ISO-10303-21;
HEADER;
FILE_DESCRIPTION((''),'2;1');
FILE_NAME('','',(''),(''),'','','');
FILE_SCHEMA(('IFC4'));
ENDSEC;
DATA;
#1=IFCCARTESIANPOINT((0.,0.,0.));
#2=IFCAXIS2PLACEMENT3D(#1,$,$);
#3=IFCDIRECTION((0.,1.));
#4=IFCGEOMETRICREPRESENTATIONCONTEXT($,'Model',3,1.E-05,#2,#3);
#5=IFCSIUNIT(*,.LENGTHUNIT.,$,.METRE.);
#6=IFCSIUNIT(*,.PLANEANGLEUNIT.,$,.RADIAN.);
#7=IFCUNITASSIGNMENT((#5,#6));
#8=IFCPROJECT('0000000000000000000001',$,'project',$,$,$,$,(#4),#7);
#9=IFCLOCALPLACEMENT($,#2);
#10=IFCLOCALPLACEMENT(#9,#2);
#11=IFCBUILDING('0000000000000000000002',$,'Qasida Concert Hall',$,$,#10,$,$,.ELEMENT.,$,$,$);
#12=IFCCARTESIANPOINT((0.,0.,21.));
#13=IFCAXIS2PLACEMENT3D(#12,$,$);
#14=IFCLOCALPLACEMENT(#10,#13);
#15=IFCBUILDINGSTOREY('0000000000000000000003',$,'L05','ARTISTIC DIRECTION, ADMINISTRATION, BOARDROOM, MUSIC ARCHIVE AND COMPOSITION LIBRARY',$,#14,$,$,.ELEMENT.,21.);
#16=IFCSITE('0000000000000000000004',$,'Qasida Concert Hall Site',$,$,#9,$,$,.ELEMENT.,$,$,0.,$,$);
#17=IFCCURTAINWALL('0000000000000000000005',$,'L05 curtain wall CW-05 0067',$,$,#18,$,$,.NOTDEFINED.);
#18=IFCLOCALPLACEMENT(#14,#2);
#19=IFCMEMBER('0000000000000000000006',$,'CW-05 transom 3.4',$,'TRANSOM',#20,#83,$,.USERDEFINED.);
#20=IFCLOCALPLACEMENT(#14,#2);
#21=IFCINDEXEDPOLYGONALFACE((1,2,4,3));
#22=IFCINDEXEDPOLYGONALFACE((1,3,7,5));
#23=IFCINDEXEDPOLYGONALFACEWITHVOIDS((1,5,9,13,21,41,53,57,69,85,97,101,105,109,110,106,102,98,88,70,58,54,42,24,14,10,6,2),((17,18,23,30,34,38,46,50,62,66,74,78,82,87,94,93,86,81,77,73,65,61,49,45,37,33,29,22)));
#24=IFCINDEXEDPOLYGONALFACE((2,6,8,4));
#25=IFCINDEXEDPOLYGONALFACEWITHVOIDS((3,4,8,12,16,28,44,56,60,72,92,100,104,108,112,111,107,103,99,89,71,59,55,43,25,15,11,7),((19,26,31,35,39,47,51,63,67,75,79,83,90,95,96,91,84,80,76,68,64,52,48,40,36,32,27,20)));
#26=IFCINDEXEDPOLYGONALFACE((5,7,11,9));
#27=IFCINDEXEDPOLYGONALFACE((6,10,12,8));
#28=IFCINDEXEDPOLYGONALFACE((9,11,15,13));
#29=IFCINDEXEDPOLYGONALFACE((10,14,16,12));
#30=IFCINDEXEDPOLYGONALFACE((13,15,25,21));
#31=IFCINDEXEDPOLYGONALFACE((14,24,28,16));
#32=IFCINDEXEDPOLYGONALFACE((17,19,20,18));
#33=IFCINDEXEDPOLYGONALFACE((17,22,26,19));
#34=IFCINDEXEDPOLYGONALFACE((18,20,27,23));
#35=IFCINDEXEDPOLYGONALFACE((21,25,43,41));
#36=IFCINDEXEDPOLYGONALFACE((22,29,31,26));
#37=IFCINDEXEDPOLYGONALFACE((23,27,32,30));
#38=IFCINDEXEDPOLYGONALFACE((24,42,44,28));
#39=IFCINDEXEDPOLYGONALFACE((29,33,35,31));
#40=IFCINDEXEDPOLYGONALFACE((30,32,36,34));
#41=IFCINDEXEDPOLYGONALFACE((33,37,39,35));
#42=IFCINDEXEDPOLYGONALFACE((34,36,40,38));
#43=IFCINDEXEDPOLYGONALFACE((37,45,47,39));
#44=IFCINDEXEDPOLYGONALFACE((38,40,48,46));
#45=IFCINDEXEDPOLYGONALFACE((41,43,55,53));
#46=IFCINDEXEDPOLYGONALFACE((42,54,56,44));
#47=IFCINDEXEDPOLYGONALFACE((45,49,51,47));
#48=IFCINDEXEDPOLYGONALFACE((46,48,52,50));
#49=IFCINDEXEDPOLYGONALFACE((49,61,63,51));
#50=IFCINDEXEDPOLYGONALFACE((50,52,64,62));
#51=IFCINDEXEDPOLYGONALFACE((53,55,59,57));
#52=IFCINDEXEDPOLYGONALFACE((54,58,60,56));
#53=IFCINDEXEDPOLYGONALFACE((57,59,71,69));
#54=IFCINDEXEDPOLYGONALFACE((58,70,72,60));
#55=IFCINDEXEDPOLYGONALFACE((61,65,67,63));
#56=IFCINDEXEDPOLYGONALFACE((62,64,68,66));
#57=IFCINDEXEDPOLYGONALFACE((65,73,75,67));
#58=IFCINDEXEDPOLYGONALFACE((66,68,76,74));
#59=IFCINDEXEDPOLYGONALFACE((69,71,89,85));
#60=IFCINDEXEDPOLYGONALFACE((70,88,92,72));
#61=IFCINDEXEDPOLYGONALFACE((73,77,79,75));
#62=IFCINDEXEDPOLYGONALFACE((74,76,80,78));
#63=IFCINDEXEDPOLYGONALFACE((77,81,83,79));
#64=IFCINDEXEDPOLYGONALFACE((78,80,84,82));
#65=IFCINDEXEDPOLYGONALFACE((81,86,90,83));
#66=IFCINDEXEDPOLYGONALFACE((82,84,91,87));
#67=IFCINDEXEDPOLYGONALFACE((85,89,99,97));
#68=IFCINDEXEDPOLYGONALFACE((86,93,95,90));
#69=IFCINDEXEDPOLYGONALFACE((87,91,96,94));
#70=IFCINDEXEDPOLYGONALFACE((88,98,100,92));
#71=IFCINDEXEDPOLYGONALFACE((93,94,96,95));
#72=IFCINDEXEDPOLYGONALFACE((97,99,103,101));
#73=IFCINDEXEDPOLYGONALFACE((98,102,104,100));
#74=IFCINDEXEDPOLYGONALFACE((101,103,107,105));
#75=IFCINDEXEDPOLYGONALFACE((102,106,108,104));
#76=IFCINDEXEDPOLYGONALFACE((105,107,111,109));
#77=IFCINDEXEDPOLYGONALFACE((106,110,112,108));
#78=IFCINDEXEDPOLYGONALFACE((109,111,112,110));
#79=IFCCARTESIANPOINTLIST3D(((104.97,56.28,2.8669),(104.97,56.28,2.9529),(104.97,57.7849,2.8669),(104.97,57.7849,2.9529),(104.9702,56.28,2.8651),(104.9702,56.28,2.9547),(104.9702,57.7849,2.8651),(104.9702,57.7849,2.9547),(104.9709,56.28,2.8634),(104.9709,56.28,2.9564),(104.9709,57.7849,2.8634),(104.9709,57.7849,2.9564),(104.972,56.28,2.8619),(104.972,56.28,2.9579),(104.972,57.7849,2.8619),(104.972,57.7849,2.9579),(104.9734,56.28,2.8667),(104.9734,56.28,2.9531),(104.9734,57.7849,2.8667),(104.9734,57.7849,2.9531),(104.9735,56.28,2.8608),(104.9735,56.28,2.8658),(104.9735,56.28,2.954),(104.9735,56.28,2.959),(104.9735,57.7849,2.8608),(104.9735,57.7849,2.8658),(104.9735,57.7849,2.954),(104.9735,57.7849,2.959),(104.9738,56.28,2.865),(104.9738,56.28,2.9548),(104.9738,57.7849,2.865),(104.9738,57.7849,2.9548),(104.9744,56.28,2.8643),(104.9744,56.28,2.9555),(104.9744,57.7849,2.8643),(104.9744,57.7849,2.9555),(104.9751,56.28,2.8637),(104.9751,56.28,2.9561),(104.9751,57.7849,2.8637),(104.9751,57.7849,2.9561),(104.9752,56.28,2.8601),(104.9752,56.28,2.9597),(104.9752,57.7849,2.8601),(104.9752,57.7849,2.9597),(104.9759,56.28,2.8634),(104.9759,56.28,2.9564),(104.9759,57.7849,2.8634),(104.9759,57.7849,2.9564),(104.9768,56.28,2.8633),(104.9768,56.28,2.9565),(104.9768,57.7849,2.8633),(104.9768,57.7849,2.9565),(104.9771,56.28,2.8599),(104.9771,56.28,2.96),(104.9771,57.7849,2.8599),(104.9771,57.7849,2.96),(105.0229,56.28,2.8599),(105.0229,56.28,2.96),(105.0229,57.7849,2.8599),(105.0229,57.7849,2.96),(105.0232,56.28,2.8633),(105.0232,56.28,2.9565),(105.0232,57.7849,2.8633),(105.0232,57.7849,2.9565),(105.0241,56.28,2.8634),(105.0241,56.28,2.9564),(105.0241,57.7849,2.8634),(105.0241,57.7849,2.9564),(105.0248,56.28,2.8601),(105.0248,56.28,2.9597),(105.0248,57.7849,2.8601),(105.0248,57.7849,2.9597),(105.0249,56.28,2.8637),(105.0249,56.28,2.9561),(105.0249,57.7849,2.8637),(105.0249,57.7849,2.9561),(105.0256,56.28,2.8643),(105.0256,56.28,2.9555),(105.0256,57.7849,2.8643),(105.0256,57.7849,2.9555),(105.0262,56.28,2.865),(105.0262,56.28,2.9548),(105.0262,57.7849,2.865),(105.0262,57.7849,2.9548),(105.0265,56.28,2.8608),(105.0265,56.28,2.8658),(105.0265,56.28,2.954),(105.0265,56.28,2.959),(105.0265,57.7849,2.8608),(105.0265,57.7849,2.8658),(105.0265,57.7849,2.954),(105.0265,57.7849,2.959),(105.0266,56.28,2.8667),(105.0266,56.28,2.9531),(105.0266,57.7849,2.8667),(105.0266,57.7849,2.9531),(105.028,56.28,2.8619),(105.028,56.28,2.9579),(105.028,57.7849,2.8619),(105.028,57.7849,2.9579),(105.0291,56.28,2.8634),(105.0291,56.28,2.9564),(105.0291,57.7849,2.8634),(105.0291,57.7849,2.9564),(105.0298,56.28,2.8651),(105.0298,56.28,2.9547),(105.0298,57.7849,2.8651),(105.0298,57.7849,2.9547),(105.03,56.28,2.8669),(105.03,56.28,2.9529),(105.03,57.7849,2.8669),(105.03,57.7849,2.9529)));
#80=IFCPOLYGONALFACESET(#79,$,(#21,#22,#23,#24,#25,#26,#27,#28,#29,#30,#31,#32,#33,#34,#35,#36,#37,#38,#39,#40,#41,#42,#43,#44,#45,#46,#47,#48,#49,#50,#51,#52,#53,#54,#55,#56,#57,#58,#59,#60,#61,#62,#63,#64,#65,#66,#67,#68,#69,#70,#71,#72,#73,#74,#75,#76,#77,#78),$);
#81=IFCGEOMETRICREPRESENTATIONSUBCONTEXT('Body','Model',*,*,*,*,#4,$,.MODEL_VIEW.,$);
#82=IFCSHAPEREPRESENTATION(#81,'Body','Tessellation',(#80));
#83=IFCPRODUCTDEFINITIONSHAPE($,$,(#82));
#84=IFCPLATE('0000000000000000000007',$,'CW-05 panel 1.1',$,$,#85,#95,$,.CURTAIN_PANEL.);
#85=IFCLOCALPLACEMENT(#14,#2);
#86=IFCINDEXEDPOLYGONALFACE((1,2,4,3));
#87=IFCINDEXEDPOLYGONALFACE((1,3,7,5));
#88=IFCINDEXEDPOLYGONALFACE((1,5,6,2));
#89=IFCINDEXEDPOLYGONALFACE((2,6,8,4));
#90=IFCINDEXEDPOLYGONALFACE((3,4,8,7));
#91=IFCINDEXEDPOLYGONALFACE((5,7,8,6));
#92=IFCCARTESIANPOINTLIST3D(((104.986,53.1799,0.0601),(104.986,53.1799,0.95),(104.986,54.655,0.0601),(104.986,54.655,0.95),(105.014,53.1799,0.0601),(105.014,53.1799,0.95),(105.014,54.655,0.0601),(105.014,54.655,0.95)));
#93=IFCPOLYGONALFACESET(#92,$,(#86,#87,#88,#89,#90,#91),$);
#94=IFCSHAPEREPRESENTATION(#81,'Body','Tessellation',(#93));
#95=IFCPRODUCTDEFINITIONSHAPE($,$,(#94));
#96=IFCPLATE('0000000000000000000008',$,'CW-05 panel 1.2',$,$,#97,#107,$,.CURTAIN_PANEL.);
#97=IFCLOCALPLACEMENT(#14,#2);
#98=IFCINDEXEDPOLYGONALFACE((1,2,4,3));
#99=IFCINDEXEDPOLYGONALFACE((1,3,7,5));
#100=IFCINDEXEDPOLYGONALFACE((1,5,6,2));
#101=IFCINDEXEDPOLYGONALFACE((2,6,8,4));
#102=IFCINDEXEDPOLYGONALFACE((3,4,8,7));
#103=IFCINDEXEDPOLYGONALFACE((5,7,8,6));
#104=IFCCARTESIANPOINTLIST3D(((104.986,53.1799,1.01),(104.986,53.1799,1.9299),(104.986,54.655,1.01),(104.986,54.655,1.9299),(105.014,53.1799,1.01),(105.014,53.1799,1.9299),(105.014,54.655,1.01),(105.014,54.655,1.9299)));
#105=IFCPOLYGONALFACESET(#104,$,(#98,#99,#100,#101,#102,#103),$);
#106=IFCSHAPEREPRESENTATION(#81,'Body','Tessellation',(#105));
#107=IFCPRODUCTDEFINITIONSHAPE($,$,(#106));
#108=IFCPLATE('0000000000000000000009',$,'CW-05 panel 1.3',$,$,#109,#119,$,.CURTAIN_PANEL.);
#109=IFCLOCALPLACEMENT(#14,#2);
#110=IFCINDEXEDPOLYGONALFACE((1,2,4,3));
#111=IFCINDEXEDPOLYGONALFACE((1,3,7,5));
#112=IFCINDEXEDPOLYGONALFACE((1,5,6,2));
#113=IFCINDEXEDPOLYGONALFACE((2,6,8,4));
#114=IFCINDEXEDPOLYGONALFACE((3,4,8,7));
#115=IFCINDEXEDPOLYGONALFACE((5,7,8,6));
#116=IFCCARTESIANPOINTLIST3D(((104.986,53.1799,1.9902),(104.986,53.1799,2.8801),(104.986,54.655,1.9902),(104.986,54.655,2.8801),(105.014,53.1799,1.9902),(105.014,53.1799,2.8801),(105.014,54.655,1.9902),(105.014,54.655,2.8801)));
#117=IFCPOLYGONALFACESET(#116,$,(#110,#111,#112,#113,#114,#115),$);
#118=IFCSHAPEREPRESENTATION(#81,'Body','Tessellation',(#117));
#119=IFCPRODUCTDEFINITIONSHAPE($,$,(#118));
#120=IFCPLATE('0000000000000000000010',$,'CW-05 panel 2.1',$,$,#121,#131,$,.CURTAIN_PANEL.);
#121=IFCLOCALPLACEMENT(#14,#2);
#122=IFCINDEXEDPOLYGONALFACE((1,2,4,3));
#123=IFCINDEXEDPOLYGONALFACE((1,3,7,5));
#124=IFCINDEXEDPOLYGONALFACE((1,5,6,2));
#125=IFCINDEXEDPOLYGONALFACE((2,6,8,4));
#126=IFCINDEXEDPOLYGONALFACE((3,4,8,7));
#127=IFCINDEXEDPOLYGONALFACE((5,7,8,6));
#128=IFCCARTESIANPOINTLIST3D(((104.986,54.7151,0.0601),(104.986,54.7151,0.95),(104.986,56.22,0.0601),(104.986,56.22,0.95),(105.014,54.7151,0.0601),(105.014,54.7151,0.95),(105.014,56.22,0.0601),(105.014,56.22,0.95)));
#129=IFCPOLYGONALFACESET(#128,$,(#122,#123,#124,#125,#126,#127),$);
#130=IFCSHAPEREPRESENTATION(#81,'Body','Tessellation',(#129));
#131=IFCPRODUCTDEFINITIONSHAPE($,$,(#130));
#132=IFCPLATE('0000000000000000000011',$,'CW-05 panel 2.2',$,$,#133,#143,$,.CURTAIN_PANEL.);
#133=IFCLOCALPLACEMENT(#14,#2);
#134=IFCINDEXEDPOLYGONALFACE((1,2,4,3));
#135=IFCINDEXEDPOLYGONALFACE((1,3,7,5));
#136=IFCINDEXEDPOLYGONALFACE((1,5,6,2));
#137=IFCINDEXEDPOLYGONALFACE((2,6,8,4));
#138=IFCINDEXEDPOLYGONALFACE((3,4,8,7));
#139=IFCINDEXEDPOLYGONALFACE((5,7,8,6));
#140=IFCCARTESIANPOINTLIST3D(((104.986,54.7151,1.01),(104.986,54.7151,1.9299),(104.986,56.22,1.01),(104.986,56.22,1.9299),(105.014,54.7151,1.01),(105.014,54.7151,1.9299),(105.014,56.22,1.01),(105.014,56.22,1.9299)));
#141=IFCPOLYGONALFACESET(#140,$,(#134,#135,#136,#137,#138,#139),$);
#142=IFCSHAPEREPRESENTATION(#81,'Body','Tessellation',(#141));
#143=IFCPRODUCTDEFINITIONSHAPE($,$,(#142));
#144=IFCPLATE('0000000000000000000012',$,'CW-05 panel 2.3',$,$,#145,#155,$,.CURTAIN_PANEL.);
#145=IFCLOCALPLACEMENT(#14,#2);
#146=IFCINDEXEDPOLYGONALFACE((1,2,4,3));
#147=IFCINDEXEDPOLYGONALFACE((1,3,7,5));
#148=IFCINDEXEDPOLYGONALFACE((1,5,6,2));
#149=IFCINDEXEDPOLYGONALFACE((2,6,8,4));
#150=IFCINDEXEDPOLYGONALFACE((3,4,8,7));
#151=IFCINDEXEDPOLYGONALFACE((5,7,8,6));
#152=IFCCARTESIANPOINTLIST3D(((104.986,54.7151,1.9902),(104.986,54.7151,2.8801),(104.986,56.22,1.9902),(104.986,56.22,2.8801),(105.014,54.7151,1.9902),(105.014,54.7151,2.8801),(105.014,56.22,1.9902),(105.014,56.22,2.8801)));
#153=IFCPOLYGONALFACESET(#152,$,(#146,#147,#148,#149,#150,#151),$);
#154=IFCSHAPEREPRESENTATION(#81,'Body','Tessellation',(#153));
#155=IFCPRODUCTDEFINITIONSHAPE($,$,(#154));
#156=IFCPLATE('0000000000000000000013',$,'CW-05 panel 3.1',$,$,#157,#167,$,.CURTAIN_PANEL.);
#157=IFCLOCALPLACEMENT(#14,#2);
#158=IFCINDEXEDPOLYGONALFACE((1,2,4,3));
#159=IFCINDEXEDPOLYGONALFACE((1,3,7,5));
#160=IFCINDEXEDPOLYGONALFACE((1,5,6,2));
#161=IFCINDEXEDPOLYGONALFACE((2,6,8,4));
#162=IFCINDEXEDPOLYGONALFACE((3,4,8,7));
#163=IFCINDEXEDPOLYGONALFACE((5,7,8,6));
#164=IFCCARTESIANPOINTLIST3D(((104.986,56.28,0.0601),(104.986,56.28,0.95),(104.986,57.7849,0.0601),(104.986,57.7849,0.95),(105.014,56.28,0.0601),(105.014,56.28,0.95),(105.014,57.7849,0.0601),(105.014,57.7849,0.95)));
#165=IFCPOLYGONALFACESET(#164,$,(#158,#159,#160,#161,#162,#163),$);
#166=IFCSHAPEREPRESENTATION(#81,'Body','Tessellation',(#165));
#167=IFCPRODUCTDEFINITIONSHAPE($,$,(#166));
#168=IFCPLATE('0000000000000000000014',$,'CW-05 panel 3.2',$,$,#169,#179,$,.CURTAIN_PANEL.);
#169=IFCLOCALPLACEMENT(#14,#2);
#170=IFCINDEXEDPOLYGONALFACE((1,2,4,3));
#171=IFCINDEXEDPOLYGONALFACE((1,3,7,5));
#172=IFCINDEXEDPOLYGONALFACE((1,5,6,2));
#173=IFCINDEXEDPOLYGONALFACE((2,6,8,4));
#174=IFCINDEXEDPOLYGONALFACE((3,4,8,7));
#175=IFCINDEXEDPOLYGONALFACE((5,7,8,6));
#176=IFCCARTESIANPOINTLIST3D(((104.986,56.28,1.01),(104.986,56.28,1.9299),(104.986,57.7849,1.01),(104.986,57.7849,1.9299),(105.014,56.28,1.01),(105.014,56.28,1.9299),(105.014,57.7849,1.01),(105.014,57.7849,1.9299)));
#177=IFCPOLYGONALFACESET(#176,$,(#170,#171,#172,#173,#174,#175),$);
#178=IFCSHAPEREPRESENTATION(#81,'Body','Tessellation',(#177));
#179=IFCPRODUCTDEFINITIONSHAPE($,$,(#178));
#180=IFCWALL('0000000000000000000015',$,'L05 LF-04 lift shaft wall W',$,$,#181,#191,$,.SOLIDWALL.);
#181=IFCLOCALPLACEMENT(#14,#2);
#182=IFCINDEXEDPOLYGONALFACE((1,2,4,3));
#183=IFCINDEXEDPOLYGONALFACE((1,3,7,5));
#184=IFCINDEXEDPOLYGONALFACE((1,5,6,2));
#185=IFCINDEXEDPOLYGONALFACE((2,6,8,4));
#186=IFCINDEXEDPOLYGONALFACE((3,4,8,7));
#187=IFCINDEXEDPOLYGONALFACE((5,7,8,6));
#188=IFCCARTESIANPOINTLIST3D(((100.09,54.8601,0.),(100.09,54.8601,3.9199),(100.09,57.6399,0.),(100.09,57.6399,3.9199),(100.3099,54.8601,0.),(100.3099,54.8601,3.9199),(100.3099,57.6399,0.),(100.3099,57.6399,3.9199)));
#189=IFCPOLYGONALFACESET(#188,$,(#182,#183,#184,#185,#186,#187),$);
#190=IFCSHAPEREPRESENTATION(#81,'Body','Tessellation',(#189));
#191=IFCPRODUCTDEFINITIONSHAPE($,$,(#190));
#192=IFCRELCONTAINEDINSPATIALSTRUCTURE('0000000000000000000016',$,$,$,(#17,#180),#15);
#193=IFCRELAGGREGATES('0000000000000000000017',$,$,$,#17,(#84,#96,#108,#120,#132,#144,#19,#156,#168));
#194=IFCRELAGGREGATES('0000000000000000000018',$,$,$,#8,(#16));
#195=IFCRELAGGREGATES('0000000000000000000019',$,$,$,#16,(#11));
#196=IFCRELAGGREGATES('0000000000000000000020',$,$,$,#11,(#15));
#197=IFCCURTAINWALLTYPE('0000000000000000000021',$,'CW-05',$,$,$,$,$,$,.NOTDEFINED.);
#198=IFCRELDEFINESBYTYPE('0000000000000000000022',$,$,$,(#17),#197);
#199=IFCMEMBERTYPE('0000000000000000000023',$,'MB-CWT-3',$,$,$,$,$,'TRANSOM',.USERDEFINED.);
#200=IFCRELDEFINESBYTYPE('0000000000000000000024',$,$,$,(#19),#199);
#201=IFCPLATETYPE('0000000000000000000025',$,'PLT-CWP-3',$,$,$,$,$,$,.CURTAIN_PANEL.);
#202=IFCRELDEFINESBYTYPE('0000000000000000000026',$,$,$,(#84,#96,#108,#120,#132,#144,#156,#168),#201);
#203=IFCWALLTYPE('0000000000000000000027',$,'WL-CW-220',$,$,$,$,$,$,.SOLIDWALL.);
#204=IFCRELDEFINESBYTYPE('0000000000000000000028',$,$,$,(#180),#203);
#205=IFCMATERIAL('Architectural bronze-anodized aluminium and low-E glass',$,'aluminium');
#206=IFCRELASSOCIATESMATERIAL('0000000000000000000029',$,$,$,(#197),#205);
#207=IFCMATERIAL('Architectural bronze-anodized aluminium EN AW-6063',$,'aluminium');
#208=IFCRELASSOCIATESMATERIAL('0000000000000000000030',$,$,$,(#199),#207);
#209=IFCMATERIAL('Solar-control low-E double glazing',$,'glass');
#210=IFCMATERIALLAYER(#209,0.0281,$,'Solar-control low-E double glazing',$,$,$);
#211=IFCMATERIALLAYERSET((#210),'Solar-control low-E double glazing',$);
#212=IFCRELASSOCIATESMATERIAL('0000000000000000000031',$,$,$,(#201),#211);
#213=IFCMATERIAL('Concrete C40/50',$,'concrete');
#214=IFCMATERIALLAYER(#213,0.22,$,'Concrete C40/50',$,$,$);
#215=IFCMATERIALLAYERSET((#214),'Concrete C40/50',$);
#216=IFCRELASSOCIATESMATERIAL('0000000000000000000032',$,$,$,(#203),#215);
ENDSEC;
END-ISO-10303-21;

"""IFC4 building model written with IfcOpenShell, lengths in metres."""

from ifc_helpers import new_model, si_unit, direction, frame, frame_2d, origin, origin_2d, place, context, subcontext, project, spatial, rectangle, hollow_rectangle, extrude, material, layer, layer_set, material_profile, profile_set, type_object, element, aggregate, save


model = new_model("IFC4")

# Units and contexts
model_context = context("Model", 3, precision=1e-05, world=origin(), true_north=direction((0.0, 1.0)))
body_context = subcontext(model_context, "Body", "Model", "MODEL_VIEW")
ifc_project = project(units=[si_unit("LENGTHUNIT", "METRE"), si_unit("PLANEANGLEUNIT", "RADIAN")], contexts=[model_context])

# Site, building, storey
site_placement = place(None, origin())
site = spatial("IfcSite", under=ifc_project, at=site_placement, Name="Qasida Concert Hall Site", CompositionType="ELEMENT", RefElevation=0.0)
building_placement = place(site_placement, origin())
building = spatial("IfcBuilding", under=site, at=building_placement, Name="Qasida Concert Hall", CompositionType="ELEMENT")
storey_placement = place(building_placement, frame((0.0, 0.0, 21.0)))
storey = spatial("IfcBuildingStorey", under=building, at=storey_placement, Name="L05", Description="ARTISTIC DIRECTION, ADMINISTRATION, BOARDROOM, MUSIC ARCHIVE AND COMPOSITION LIBRARY", CompositionType="ELEMENT", Elevation=21.0)

# Curtain wall, member, plates
ifc_material_1 = material(Name="Architectural bronze-anodized aluminium and low-E glass", Category="aluminium")
curtain_wall_type = type_object("IfcCurtainWallType", Name="CW-05", PredefinedType="NOTDEFINED", material=ifc_material_1)
curtain_wall_placement = place(storey_placement, origin())
curtain_wall = element("IfcCurtainWall", 1, at=curtain_wall_placement, inside=storey, type_object=curtain_wall_type, Name="L05 curtain wall CW-05 0067", PredefinedType="NOTDEFINED")
ifc_material_2 = material(Name="Architectural bronze-anodized aluminium EN AW-6063", Category="aluminium")
ifc_material_profile_1 = material_profile(ifc_material_2, hollow_rectangle(XDim=0.0601, YDim=0.1001, WallThickness=0.0034, InnerFilletRadius=0.0034, OuterFilletRadius=0.0071, at=origin_2d()), Name="CWT 100x60x3.5")
ifc_profile_set_1 = profile_set([ifc_material_profile_1], Name="Architectural bronze-anodized aluminium EN AW-6063")
member_type_1 = type_object("IfcMemberType", Name="MB-CWT-3", ElementType="TRANSOM", PredefinedType="USERDEFINED", material=ifc_profile_set_1)
member_1_placement = place(storey_placement, frame((105.0, 56.28, 2.9099), z_axis=(0.0, 1.0, 0.0), x_axis=(-1.0, 0.0, 0.0)))
member_1 = element("IfcMember", 2, at=member_1_placement, type_object=member_type_1, Name="CW-05 transom 3.4", ObjectType="TRANSOM", PredefinedType="USERDEFINED", context=body_context, shape_type="SweptSolid", body=[
    extrude(hollow_rectangle(XDim=0.0601, YDim=0.1001, WallThickness=0.0034, InnerFilletRadius=0.0034, OuterFilletRadius=0.0071, at=origin_2d()), origin(), (0.0, 0.0, 1.0), 1.5049),
])
ifc_material_3 = material(Name="Solar-control low-E double glazing", Category="glass")
ifc_layer_1 = layer(ifc_material_3, 0.0281, Name="Solar-control low-E double glazing")
ifc_layer_set_1 = layer_set([ifc_layer_1], Name="Solar-control low-E double glazing")
plate_type = type_object("IfcPlateType", Name="PLT-CWP-3", PredefinedType="CURTAIN_PANEL", material=ifc_layer_set_1)
plate_1_placement = place(storey_placement, frame((105.0, 53.9175, 0.0601), z_axis=(0.0, 0.0, 1.0), x_axis=(0.0, 1.0, 0.0)))
plate_1 = element("IfcPlate", 3, at=plate_1_placement, type_object=plate_type, Name="CW-05 panel 1.1", PredefinedType="CURTAIN_PANEL", context=body_context, shape_type="SweptSolid", body=[
    extrude(rectangle(XDim=1.4751, YDim=0.0281, at=origin_2d()), origin(), (0.0, 0.0, 1.0), 0.8899),
])
plate_2_placement = place(storey_placement, frame((105.0, 53.9175, 1.01), z_axis=(0.0, 0.0, 1.0), x_axis=(0.0, 1.0, 0.0)))
plate_2 = element("IfcPlate", 4, at=plate_2_placement, type_object=plate_type, Name="CW-05 panel 1.2", PredefinedType="CURTAIN_PANEL", context=body_context, shape_type="SweptSolid", body=[
    extrude(rectangle(XDim=1.4751, YDim=0.0281, at=origin_2d()), origin(), (0.0, 0.0, 1.0), 0.9199),
])
plate_3_placement = place(storey_placement, frame((105.0, 53.9175, 1.9902), z_axis=(0.0, 0.0, 1.0), x_axis=(0.0, 1.0, 0.0)))
plate_3 = element("IfcPlate", 5, at=plate_3_placement, type_object=plate_type, Name="CW-05 panel 1.3", PredefinedType="CURTAIN_PANEL", context=body_context, shape_type="SweptSolid", body=[
    extrude(rectangle(XDim=1.4751, YDim=0.0281, at=origin_2d()), origin(), (0.0, 0.0, 1.0), 0.8899),
])
plate_4_placement = place(storey_placement, frame((105.0, 55.4675, 0.0601), z_axis=(0.0, 0.0, 1.0), x_axis=(0.0, 1.0, 0.0)))
plate_4 = element("IfcPlate", 6, at=plate_4_placement, type_object=plate_type, Name="CW-05 panel 2.1", PredefinedType="CURTAIN_PANEL", context=body_context, shape_type="SweptSolid", body=[
    extrude(rectangle(XDim=1.5049, YDim=0.0281, at=origin_2d()), origin(), (0.0, 0.0, 1.0), 0.8899),
])
plate_5_placement = place(storey_placement, frame((105.0, 55.4675, 1.01), z_axis=(0.0, 0.0, 1.0), x_axis=(0.0, 1.0, 0.0)))
plate_5 = element("IfcPlate", 7, at=plate_5_placement, type_object=plate_type, Name="CW-05 panel 2.2", PredefinedType="CURTAIN_PANEL", context=body_context, shape_type="SweptSolid", body=[
    extrude(rectangle(XDim=1.5049, YDim=0.0281, at=origin_2d()), origin(), (0.0, 0.0, 1.0), 0.9199),
])
plate_6_placement = place(storey_placement, frame((105.0, 55.4675, 1.9902), z_axis=(0.0, 0.0, 1.0), x_axis=(0.0, 1.0, 0.0)))
plate_6 = element("IfcPlate", 8, at=plate_6_placement, type_object=plate_type, Name="CW-05 panel 2.3", PredefinedType="CURTAIN_PANEL", context=body_context, shape_type="SweptSolid", body=[
    extrude(rectangle(XDim=1.5049, YDim=0.0281, at=origin_2d()), origin(), (0.0, 0.0, 1.0), 0.8899),
])
plate_7_placement = place(storey_placement, frame((105.0, 57.0325, 0.0601), z_axis=(0.0, 0.0, 1.0), x_axis=(0.0, 1.0, 0.0)))
plate_7 = element("IfcPlate", 9, at=plate_7_placement, type_object=plate_type, Name="CW-05 panel 3.1", PredefinedType="CURTAIN_PANEL", context=body_context, shape_type="SweptSolid", body=[
    extrude(rectangle(XDim=1.5049, YDim=0.0281, at=origin_2d()), origin(), (0.0, 0.0, 1.0), 0.8899),
])
plate_8_placement = place(storey_placement, frame((105.0, 57.0325, 1.01), z_axis=(0.0, 0.0, 1.0), x_axis=(0.0, 1.0, 0.0)))
plate_8 = element("IfcPlate", 10, at=plate_8_placement, type_object=plate_type, Name="CW-05 panel 3.2", PredefinedType="CURTAIN_PANEL", context=body_context, shape_type="SweptSolid", body=[
    extrude(rectangle(XDim=1.5049, YDim=0.0281, at=origin_2d()), origin(), (0.0, 0.0, 1.0), 0.9199),
])
aggregate(curtain_wall, [plate_1, plate_2, plate_3, plate_4, plate_5, plate_6, member_1, plate_7, plate_8])

# Shared definitions
ifc_material_4 = material(Name="Concrete C40/50", Category="concrete")
ifc_layer_2 = layer(ifc_material_4, 0.22, Name="Concrete C40/50")
ifc_layer_set_2 = layer_set([ifc_layer_2], Name="Concrete C40/50")
wall_type_1 = type_object("IfcWallType", Name="WL-CW-220", PredefinedType="SOLIDWALL", material=ifc_layer_set_2)

# Wall
for number, where, z_axis, x_axis, name in (
    (11, (100.2, 54.8601, 0.0), (0.0, 0.0, 1.0), (0.0, 1.0, 0.0), "L05 LF-04 lift shaft wall W"),
):
    element("IfcWall", number, at=place(storey_placement, frame(where, z_axis=z_axis, x_axis=x_axis)), inside=storey, type_object=wall_type_1, Name=name, PredefinedType="SOLIDWALL", context=body_context, shape_type="SweptSolid", body=[
        extrude(rectangle(XDim=2.7798, YDim=0.22, at=frame_2d((1.3899, 0.0))), origin(), (0.0, 0.0, 1.0), 3.9199),
    ])

save(model, "model.ifc")
